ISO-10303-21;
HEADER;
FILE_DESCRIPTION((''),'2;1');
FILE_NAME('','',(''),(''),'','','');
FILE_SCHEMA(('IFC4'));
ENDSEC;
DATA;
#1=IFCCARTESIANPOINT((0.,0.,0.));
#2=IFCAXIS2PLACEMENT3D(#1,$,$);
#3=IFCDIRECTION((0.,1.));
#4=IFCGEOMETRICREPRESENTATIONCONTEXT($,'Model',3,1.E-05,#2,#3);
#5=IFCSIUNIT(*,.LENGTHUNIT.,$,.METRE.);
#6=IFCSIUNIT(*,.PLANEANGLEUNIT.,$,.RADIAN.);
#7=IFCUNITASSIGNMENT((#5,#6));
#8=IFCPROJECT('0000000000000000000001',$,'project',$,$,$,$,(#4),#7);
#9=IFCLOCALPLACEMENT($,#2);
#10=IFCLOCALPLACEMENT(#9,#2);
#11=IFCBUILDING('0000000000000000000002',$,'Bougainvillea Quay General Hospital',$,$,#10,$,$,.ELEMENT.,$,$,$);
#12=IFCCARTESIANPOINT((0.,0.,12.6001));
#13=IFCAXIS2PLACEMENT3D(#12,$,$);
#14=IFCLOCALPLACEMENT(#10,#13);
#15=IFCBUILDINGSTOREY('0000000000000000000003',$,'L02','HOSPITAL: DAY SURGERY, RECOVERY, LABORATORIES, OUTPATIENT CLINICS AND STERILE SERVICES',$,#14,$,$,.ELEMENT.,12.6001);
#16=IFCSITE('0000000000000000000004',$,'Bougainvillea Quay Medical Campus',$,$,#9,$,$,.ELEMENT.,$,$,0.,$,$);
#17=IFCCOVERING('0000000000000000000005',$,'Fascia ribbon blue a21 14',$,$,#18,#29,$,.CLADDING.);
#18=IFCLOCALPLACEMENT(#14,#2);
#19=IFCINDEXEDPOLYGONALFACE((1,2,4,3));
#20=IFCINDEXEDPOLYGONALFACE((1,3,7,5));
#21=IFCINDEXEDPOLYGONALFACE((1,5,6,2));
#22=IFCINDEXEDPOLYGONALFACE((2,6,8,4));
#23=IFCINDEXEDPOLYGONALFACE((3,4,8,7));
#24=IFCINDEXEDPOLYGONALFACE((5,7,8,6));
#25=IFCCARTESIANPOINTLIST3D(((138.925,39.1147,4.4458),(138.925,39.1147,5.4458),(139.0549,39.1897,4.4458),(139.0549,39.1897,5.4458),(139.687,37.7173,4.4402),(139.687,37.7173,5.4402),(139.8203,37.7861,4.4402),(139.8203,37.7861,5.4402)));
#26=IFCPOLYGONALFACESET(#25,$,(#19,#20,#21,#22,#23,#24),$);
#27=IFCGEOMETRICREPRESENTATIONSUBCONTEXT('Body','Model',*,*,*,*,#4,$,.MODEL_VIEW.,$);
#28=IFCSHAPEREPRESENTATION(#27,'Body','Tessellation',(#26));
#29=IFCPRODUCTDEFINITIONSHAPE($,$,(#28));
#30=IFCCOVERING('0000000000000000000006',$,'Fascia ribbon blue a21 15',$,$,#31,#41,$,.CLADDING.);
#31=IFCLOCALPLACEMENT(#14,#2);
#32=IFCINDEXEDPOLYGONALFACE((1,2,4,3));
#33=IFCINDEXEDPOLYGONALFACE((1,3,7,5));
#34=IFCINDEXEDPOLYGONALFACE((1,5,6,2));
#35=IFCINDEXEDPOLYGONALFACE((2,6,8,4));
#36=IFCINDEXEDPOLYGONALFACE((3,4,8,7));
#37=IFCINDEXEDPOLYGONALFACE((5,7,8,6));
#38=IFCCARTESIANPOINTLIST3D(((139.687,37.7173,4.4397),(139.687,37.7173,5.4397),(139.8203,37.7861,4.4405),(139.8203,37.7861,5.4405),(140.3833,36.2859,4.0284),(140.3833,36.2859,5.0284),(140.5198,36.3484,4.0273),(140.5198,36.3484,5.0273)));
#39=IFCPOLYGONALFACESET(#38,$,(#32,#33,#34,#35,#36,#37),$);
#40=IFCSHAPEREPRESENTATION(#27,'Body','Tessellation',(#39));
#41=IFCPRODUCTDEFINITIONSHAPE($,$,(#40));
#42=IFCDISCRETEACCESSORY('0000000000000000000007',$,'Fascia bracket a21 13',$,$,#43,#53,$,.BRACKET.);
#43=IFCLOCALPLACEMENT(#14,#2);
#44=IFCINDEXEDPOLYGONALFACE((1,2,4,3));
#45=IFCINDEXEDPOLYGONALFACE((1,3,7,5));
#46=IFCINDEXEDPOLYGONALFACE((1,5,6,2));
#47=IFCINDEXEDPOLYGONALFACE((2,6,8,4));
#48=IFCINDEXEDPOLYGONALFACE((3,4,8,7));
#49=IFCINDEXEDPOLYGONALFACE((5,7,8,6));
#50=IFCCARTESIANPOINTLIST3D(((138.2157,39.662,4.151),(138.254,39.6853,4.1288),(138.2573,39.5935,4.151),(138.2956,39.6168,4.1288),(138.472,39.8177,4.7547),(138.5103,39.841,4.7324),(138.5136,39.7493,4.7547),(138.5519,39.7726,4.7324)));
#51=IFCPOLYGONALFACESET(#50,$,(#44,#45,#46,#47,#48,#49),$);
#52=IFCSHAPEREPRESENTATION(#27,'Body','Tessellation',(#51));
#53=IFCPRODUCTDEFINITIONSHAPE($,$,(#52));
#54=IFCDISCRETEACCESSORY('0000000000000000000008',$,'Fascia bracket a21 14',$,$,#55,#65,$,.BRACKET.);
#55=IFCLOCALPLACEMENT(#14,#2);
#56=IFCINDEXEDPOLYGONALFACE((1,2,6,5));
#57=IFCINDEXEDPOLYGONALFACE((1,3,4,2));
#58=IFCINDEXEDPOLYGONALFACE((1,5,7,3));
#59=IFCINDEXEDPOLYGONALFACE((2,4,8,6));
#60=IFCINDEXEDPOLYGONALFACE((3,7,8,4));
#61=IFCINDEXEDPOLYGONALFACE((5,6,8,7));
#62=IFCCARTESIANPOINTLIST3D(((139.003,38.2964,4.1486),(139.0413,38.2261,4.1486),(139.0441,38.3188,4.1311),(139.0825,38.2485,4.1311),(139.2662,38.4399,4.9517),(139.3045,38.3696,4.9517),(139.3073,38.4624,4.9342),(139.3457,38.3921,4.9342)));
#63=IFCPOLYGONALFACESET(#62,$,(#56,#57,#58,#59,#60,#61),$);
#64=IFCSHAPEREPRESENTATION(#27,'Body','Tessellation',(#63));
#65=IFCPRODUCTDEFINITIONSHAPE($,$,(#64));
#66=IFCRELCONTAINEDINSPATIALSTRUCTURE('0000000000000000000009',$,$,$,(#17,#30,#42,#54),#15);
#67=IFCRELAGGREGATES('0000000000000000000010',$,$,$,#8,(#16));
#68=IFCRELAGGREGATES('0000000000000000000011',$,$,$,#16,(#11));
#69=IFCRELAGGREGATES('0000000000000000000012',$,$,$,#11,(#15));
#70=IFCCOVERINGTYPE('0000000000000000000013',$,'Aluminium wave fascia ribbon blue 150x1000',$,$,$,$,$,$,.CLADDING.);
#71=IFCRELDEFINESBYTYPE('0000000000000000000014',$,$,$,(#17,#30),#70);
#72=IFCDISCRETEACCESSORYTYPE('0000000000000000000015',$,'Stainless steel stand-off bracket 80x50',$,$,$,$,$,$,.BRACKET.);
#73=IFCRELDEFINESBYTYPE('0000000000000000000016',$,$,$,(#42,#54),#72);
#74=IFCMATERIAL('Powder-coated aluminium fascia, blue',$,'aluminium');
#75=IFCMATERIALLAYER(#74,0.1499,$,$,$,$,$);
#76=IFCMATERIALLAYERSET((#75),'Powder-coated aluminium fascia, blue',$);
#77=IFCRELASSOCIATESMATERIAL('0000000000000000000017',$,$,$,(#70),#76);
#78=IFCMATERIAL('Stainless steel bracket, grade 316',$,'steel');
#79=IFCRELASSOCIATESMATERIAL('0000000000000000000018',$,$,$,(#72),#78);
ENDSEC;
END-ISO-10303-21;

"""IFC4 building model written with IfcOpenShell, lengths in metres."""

from ifc_helpers import new_model, si_unit, direction, frame, origin, origin_2d, place, context, subcontext, project, spatial, polyline, rectangle, outline, extrude, material, layer, layer_set, material_profile, profile_set, type_object, element, save


model = new_model("IFC4")

# Units and contexts
model_context = context("Model", 3, precision=1e-05, world=origin(), true_north=direction((0.0, 1.0)))
body_context = subcontext(model_context, "Body", "Model", "MODEL_VIEW")
ifc_project = project(units=[si_unit("LENGTHUNIT", "METRE"), si_unit("PLANEANGLEUNIT", "RADIAN")], contexts=[model_context])

# Site, building, storey
site_placement = place(None, origin())
site = spatial("IfcSite", under=ifc_project, at=site_placement, Name="Bougainvillea Quay Medical Campus", CompositionType="ELEMENT", RefElevation=0.0)
building_placement = place(site_placement, origin())
building = spatial("IfcBuilding", under=site, at=building_placement, Name="Bougainvillea Quay General Hospital", CompositionType="ELEMENT")
storey_placement = place(building_placement, frame((0.0, 0.0, 12.6001)))
storey = spatial("IfcBuildingStorey", under=building, at=storey_placement, Name="L02", Description="HOSPITAL: DAY SURGERY, RECOVERY, LABORATORIES, OUTPATIENT CLINICS AND STERILE SERVICES", CompositionType="ELEMENT", Elevation=12.6001)

# Coverings
ifc_material_1 = material(Name="Powder-coated aluminium fascia, blue", Category="aluminium")
ifc_layer_1 = layer(ifc_material_1, 0.1499)
ifc_layer_set_1 = layer_set([ifc_layer_1], Name="Powder-coated aluminium fascia, blue")
covering_type = type_object("IfcCoveringType", Name="Aluminium wave fascia ribbon blue 150x1000", PredefinedType="CLADDING", material=ifc_layer_set_1)
covering_1_placement = place(storey_placement, frame((138.925, 39.1147, 4.4458), z_axis=(0.001688, -0.003089, 0.999994), x_axis=(0.478709, -0.877966, -0.00352)))
element("IfcCovering", 1, at=covering_1_placement, inside=storey, type_object=covering_type, Name="Fascia ribbon blue a21 14", PredefinedType="CLADDING", context=body_context, shape_type="SweptSolid", body=[
    extrude(outline(polyline([(0.0, 0.0), (1.5917, 0.0), (1.5951, 0.15), (-0.0036, 0.1499), (0.0, 0.0)])), origin(), (-0.00352, -0.000003, 0.999994), 1.0),
])
covering_2_placement = place(storey_placement, frame((139.687, 37.7173, 4.4397), z_axis=(0.110226, -0.224595, 0.968198), x_axis=(0.423521, -0.870654, -0.250184)))
element("IfcCovering", 2, at=covering_2_placement, inside=storey, type_object=covering_type, Name="Fascia ribbon blue a21 15", PredefinedType="CLADDING", context=body_context, shape_type="SweptSolid", body=[
    extrude(outline(polyline([(0.0, 0.0), (1.6441, 0.0), (1.6477, 0.1501), (-0.0037, 0.15), (0.0, 0.0)])), origin(), (-0.250184, -0.000848, 0.968198), 1.0),
])

# Discrete accessories
ifc_material_2 = material(Name="Stainless steel bracket, grade 316", Category="steel")
ifc_material_profile_1 = material_profile(ifc_material_2, rectangle(XDim=0.0801, YDim=0.05, at=origin_2d()))
ifc_profile_set_1 = profile_set([ifc_material_profile_1], Name="Stainless steel bracket, grade 316")
discrete_accessory_type = type_object("IfcDiscreteAccessoryType", Name="Stainless steel stand-off bracket 80x50", PredefinedType="BRACKET", material=ifc_profile_set_1)
discrete_accessory_1_placement = place(storey_placement, frame((138.2556, 39.6394, 4.1399), z_axis=(0.380243, 0.231043, 0.895564), x_axis=(-0.519275, 0.854607, 0.0)))
element("IfcDiscreteAccessory", 3, at=discrete_accessory_1_placement, inside=storey, type_object=discrete_accessory_type, Name="Fascia bracket a21 13", PredefinedType="BRACKET", context=body_context, shape_type="SweptSolid", body=[
    extrude(rectangle(XDim=0.0801, YDim=0.05, at=origin_2d()), origin(), (0.0, 0.0, 1.0), 0.6741),
])
discrete_accessory_2_placement = place(storey_placement, frame((139.0427, 38.2725, 4.1399), z_axis=(0.307057, 0.167486, 0.936837), x_axis=(-0.478852, 0.877896, 0.0)))
element("IfcDiscreteAccessory", 4, at=discrete_accessory_2_placement, inside=storey, type_object=discrete_accessory_type, Name="Fascia bracket a21 14", PredefinedType="BRACKET", context=body_context, shape_type="SweptSolid", body=[
    extrude(rectangle(XDim=0.0801, YDim=0.05, at=origin_2d()), origin(), (0.0, 0.0, 1.0), 0.8572),
])

save(model, "model.ifc")
